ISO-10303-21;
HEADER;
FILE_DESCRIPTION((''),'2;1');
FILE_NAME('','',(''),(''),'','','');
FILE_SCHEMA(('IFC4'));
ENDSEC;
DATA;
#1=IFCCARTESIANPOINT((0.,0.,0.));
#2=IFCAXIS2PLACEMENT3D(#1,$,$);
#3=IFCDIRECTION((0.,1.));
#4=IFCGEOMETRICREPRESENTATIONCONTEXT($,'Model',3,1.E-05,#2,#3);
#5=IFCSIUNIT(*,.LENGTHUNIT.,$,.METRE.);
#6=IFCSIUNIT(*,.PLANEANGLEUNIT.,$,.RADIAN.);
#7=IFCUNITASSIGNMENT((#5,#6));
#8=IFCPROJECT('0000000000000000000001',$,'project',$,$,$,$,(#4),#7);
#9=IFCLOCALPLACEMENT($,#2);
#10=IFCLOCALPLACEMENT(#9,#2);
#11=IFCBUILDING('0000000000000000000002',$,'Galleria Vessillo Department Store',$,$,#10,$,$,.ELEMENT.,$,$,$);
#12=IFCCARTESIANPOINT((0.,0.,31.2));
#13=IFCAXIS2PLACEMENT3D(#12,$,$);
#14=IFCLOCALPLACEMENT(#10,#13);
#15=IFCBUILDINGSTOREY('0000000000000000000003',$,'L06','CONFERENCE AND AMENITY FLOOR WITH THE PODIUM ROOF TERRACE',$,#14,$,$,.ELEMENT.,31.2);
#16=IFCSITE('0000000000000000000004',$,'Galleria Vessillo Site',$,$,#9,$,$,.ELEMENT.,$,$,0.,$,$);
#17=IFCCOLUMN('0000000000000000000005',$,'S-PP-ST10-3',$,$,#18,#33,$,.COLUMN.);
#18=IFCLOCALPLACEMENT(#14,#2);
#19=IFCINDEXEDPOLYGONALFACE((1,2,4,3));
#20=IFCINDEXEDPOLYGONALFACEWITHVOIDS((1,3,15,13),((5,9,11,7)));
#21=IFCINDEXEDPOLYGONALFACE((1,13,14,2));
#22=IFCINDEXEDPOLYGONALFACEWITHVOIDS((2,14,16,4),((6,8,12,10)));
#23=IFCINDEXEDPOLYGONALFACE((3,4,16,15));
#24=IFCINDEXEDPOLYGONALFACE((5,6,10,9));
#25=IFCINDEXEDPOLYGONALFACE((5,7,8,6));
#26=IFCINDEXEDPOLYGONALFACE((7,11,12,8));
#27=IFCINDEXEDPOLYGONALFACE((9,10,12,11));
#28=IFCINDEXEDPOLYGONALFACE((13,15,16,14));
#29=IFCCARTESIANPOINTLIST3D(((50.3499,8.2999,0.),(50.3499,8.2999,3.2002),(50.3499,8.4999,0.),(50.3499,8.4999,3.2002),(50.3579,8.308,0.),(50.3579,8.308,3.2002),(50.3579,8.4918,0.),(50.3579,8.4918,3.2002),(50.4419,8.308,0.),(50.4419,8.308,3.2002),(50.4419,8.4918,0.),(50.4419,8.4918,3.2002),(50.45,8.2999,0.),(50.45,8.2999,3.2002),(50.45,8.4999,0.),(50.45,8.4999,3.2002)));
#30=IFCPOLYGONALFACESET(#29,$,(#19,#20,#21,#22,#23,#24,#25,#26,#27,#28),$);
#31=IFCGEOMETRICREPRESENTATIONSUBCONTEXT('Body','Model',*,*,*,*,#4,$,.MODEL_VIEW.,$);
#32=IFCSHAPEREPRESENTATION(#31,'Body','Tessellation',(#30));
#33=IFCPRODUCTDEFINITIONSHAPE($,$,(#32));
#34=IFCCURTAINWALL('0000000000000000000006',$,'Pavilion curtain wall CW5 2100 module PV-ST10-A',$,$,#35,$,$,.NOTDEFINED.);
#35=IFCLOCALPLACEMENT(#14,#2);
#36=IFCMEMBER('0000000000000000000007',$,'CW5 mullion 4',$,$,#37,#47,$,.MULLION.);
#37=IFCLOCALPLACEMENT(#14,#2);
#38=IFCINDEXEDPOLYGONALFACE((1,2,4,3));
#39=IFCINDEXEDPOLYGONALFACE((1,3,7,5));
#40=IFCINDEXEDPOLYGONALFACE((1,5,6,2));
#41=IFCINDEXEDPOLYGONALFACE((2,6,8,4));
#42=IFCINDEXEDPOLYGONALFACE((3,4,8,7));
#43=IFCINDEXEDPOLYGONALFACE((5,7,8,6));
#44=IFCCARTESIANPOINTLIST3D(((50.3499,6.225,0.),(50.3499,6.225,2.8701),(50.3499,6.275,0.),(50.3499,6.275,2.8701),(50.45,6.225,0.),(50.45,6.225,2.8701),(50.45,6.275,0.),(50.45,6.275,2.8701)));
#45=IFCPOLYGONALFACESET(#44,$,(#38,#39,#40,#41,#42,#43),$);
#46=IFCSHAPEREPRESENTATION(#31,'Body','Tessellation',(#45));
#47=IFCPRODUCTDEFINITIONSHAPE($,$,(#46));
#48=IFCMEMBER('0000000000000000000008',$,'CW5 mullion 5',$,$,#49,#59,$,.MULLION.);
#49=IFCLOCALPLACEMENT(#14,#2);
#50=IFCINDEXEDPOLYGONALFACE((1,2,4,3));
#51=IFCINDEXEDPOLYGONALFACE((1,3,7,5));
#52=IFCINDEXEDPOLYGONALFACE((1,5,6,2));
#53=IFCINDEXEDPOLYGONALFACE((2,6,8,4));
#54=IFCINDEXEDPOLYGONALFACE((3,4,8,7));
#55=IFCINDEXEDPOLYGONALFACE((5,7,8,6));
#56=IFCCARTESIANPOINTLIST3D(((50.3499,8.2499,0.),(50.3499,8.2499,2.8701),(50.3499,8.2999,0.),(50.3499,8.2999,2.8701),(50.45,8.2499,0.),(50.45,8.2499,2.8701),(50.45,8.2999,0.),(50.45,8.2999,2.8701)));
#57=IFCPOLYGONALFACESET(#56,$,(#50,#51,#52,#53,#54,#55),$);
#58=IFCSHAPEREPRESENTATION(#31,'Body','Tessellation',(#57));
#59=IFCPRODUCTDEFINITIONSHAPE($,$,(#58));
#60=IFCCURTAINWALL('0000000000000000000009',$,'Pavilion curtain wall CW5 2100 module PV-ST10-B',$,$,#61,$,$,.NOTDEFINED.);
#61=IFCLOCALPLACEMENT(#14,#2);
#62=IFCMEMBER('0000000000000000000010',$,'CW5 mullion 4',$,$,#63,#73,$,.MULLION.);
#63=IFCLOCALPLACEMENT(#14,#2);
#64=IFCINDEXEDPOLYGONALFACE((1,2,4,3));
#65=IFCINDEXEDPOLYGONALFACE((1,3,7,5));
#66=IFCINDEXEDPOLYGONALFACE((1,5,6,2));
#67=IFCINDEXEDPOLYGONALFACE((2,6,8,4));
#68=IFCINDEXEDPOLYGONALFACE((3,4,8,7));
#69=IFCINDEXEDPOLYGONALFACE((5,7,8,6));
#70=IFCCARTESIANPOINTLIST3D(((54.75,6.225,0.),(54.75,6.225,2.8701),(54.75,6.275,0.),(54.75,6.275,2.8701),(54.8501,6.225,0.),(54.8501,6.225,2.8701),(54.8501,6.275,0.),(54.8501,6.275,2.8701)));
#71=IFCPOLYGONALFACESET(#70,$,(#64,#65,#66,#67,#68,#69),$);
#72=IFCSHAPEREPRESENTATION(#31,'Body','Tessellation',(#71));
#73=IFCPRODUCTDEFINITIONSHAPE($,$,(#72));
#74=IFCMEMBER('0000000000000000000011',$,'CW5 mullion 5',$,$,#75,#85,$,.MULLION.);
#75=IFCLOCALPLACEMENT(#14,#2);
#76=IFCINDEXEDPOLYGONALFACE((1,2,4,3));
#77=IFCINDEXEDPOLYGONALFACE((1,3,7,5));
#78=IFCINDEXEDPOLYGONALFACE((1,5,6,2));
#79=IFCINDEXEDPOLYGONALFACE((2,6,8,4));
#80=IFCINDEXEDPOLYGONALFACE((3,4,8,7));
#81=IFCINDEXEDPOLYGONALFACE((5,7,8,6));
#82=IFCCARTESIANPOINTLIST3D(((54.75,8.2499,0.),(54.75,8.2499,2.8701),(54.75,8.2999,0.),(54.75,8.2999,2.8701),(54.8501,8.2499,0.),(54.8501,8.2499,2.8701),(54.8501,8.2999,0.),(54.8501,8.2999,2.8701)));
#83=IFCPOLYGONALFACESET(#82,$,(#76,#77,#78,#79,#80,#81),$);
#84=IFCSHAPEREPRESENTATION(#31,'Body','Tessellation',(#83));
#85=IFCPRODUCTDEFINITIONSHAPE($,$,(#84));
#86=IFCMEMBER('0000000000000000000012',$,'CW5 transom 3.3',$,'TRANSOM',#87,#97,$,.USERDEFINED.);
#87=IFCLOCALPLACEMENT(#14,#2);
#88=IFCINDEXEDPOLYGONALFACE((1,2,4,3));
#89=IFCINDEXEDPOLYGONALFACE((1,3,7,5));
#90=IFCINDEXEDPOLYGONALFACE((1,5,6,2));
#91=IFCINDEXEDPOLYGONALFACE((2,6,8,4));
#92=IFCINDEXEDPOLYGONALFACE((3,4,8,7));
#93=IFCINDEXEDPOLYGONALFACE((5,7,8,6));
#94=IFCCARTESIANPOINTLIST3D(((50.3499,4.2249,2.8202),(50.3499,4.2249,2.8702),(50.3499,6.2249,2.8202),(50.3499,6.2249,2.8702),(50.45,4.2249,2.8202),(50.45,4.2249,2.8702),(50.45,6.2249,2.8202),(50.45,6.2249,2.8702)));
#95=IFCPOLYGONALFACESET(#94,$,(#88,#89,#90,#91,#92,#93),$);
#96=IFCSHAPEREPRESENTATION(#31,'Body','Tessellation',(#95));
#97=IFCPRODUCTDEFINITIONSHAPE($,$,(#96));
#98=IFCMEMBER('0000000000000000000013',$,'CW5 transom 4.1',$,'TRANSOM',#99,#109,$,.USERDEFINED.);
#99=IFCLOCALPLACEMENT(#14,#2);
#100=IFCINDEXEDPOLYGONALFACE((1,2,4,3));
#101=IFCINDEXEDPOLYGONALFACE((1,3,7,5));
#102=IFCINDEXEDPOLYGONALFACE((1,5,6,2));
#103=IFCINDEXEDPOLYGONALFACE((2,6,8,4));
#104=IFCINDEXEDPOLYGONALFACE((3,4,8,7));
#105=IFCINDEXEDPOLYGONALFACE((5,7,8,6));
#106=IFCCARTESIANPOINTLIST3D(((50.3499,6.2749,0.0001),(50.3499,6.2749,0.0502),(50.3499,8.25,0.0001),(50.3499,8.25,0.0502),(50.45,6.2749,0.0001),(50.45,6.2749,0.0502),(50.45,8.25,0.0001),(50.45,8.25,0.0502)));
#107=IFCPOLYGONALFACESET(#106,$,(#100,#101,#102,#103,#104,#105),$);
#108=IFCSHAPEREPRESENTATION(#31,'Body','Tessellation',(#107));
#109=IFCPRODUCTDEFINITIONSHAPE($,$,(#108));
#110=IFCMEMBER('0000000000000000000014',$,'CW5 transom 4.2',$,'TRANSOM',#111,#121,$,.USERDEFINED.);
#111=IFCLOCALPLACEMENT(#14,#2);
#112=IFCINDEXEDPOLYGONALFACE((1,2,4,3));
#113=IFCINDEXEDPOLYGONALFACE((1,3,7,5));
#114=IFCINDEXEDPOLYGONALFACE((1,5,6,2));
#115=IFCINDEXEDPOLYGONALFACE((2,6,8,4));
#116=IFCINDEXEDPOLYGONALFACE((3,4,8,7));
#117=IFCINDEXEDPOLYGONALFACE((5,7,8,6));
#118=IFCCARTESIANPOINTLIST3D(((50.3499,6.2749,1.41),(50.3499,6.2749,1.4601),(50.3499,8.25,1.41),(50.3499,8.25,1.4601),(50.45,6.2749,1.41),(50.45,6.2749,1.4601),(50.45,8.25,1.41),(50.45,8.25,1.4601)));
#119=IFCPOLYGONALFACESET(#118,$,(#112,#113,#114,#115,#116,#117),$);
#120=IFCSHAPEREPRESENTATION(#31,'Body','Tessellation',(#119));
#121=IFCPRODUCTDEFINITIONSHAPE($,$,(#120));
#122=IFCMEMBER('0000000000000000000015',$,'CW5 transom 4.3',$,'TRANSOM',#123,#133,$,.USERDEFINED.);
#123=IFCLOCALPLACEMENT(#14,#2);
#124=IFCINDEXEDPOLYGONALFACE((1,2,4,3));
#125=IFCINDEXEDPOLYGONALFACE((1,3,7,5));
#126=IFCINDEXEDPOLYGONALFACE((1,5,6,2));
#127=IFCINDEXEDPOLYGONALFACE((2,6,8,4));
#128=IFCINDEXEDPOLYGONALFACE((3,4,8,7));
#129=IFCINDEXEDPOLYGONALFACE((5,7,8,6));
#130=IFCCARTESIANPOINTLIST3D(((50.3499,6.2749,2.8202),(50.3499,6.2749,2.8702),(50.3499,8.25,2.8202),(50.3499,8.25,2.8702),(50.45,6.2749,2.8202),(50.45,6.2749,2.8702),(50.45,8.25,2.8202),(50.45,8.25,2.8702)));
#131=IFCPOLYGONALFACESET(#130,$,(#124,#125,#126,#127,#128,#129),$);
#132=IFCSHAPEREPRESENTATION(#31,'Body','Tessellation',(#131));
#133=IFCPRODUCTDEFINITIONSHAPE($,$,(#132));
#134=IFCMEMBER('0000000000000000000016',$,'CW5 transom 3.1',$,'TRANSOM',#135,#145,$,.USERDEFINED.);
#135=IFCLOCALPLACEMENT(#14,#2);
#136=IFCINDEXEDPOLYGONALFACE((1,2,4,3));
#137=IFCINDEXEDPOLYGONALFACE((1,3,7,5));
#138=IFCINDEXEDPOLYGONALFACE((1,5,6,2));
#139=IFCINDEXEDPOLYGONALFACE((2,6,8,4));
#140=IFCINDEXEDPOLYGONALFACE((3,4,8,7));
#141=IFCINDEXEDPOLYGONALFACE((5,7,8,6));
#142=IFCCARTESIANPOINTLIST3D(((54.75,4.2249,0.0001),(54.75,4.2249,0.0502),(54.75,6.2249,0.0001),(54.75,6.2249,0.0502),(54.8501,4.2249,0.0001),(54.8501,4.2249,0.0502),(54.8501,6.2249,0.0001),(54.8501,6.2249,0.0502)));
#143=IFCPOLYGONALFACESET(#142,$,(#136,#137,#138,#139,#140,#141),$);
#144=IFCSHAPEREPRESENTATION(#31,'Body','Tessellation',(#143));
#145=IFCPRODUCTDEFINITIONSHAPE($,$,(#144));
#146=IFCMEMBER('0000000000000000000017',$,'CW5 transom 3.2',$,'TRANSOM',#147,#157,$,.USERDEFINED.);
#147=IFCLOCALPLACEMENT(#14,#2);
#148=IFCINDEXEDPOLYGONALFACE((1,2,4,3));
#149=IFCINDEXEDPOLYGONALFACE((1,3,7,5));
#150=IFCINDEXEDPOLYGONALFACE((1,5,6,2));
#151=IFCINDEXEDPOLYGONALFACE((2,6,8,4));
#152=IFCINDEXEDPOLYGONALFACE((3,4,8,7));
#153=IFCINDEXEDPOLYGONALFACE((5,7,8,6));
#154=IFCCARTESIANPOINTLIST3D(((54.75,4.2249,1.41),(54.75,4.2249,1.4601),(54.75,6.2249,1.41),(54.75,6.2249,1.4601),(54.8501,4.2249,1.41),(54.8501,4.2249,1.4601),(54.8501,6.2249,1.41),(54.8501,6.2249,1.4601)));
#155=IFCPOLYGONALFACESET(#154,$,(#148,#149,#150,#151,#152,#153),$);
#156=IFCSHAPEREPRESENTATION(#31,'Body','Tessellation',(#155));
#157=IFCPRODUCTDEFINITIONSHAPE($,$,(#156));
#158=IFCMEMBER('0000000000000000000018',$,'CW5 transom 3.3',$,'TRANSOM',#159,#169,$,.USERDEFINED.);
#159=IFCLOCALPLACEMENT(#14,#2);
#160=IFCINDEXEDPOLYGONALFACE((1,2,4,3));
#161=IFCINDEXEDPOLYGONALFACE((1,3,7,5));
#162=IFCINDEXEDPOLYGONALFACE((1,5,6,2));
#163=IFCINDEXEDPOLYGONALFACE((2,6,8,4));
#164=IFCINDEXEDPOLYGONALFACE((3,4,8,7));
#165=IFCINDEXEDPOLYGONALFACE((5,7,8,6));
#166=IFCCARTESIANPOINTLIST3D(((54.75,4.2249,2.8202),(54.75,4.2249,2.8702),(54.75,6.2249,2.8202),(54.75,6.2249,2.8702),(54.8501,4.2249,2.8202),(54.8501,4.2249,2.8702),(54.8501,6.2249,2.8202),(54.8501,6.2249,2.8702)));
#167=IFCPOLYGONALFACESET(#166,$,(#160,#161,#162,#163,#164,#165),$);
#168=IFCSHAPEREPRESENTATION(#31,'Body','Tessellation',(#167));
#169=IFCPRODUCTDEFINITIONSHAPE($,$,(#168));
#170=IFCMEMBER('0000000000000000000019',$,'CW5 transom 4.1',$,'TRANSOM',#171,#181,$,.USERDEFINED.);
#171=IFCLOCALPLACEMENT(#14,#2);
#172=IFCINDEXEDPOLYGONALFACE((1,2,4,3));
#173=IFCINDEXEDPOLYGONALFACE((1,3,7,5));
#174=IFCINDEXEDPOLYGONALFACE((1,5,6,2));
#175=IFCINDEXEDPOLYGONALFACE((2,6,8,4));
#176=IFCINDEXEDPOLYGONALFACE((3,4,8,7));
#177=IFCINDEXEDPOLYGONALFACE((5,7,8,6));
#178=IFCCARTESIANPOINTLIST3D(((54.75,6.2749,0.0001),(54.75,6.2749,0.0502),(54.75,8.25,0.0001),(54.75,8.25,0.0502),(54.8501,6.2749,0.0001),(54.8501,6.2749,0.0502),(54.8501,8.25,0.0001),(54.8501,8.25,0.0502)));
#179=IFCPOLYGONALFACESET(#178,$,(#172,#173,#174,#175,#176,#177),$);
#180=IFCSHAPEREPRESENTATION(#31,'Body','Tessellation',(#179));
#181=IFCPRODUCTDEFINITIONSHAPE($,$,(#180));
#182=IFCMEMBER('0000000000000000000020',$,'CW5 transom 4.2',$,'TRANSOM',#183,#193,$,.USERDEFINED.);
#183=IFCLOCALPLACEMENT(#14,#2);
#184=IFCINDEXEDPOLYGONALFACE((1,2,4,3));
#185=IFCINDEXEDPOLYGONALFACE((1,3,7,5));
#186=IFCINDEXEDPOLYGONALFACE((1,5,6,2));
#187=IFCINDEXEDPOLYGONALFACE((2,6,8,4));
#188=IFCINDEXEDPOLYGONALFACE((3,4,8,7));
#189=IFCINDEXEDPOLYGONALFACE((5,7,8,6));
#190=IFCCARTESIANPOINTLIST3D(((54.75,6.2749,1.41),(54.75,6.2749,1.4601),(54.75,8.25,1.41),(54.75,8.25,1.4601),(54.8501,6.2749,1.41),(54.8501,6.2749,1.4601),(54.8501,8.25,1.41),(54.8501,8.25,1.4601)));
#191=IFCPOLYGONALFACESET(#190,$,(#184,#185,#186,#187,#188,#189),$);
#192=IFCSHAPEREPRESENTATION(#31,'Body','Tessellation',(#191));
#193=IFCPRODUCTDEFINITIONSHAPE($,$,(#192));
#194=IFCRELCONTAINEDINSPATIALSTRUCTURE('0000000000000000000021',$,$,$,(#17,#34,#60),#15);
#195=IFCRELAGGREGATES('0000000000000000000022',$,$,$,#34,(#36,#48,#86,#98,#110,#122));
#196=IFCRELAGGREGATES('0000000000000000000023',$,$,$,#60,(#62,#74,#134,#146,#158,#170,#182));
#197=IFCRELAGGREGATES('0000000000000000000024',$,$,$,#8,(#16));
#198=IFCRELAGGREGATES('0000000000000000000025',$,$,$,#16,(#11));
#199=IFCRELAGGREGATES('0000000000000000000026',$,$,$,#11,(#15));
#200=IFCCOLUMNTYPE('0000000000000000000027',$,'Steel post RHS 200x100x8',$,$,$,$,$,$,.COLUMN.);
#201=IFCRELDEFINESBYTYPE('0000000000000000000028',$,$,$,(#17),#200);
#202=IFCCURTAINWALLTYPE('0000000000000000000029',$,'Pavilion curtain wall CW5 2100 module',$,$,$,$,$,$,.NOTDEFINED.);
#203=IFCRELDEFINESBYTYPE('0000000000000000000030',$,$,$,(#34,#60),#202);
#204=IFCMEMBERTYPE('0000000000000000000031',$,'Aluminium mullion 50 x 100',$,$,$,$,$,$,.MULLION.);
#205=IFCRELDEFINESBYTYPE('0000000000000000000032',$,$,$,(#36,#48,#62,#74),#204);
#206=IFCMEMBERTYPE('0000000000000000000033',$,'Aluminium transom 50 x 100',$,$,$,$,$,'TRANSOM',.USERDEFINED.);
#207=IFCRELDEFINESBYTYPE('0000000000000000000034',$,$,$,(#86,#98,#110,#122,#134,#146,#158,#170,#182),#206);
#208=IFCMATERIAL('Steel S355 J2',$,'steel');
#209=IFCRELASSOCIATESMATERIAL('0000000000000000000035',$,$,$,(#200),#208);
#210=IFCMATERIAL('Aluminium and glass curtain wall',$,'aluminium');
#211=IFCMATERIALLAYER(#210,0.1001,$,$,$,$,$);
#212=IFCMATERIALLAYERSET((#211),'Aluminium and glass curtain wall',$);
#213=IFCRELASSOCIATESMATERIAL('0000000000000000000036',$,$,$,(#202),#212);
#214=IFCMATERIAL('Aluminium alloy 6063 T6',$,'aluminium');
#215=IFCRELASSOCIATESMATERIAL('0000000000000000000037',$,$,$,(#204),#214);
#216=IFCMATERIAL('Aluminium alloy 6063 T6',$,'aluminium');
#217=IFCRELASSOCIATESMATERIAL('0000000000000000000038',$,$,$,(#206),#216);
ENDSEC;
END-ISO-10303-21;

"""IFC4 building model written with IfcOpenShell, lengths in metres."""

from ifc_helpers import new_model, si_unit, direction, frame, origin, origin_2d, place, context, subcontext, project, spatial, rectangle, hollow_rectangle, extrude, material, layer, layer_set, material_profile, profile_set, type_object, element, aggregate, save


model = new_model("IFC4")

# Units and contexts
model_context = context("Model", 3, precision=1e-05, world=origin(), true_north=direction((0.0, 1.0)))
body_context = subcontext(model_context, "Body", "Model", "MODEL_VIEW")
ifc_project = project(units=[si_unit("LENGTHUNIT", "METRE"), si_unit("PLANEANGLEUNIT", "RADIAN")], contexts=[model_context])

# Site, building, storey
site_placement = place(None, origin())
site = spatial("IfcSite", under=ifc_project, at=site_placement, Name="Galleria Vessillo Site", CompositionType="ELEMENT", RefElevation=0.0)
building_placement = place(site_placement, origin())
building = spatial("IfcBuilding", under=site, at=building_placement, Name="Galleria Vessillo Department Store", CompositionType="ELEMENT")
storey_placement = place(building_placement, frame((0.0, 0.0, 31.2)))
storey = spatial("IfcBuildingStorey", under=building, at=storey_placement, Name="L06", Description="CONFERENCE AND AMENITY FLOOR WITH THE PODIUM ROOF TERRACE", CompositionType="ELEMENT", Elevation=31.2)

# Column
ifc_material_1 = material(Name="Steel S355 J2", Category="steel")
ifc_material_profile_1 = material_profile(ifc_material_1, hollow_rectangle(XDim=0.1001, YDim=0.2, WallThickness=0.0081, at=origin_2d()), Name="RHS 200x100x8")
ifc_profile_set_1 = profile_set([ifc_material_profile_1], Name="Steel S355 J2")
column_type = type_object("IfcColumnType", Name="Steel post RHS 200x100x8", PredefinedType="COLUMN", material=ifc_profile_set_1)
column_placement = place(storey_placement, frame((50.3999, 8.3999, 0.0), z_axis=(0.0, 0.0, 1.0), x_axis=(1.0, 0.0, 0.0)))
element("IfcColumn", 1, at=column_placement, inside=storey, type_object=column_type, Name="S-PP-ST10-3", PredefinedType="COLUMN", context=body_context, shape_type="SweptSolid", body=[
    extrude(hollow_rectangle(XDim=0.1001, YDim=0.2, WallThickness=0.0081, at=origin_2d()), origin(), (0.0, 0.0, 1.0), 3.2002),
])

# Curtain walls, members
ifc_material_2 = material(Name="Aluminium and glass curtain wall", Category="aluminium")
ifc_layer_1 = layer(ifc_material_2, 0.1001)
ifc_layer_set_1 = layer_set([ifc_layer_1], Name="Aluminium and glass curtain wall")
curtain_wall_type = type_object("IfcCurtainWallType", Name="Pavilion curtain wall CW5 2100 module", PredefinedType="NOTDEFINED", material=ifc_layer_set_1)
curtain_wall_1_placement = place(storey_placement, origin())
curtain_wall_1 = element("IfcCurtainWall", 2, at=curtain_wall_1_placement, inside=storey, type_object=curtain_wall_type, Name="Pavilion curtain wall CW5 2100 module PV-ST10-A", PredefinedType="NOTDEFINED")
ifc_material_3 = material(Name="Aluminium alloy 6063 T6", Category="aluminium")
ifc_material_profile_2 = material_profile(ifc_material_3, rectangle(XDim=0.1001, YDim=0.05, at=origin_2d()), Name="AL 50x100")
ifc_profile_set_2 = profile_set([ifc_material_profile_2], Name="Aluminium alloy 6063 T6")
member_type_1 = type_object("IfcMemberType", Name="Aluminium mullion 50 x 100", PredefinedType="MULLION", material=ifc_profile_set_2)
member_1_placement = place(storey_placement, frame((50.3999, 6.25, 0.0), z_axis=(0.0, 0.0, 1.0), x_axis=(-1.0, 0.0, 0.0)))
member_1 = element("IfcMember", 3, at=member_1_placement, type_object=member_type_1, Name="CW5 mullion 4", PredefinedType="MULLION", context=body_context, shape_type="SweptSolid", body=[
    extrude(rectangle(XDim=0.1001, YDim=0.05, at=origin_2d()), origin(), (0.0, 0.0, 1.0), 2.8701),
])
member_2_placement = place(storey_placement, frame((50.3999, 8.2749, 0.0), z_axis=(0.0, 0.0, 1.0), x_axis=(-1.0, 0.0, 0.0)))
member_2 = element("IfcMember", 4, at=member_2_placement, type_object=member_type_1, Name="CW5 mullion 5", PredefinedType="MULLION", context=body_context, shape_type="SweptSolid", body=[
    extrude(rectangle(XDim=0.1001, YDim=0.05, at=origin_2d()), origin(), (0.0, 0.0, 1.0), 2.8701),
])
curtain_wall_2_placement = place(storey_placement, origin())
curtain_wall_2 = element("IfcCurtainWall", 5, at=curtain_wall_2_placement, inside=storey, type_object=curtain_wall_type, Name="Pavilion curtain wall CW5 2100 module PV-ST10-B", PredefinedType="NOTDEFINED")
member_3_placement = place(storey_placement, frame((54.8, 6.25, 0.0), z_axis=(0.0, 0.0, 1.0), x_axis=(-1.0, 0.0, 0.0)))
member_3 = element("IfcMember", 6, at=member_3_placement, type_object=member_type_1, Name="CW5 mullion 4", PredefinedType="MULLION", context=body_context, shape_type="SweptSolid", body=[
    extrude(rectangle(XDim=0.1001, YDim=0.05, at=origin_2d()), origin(), (0.0, 0.0, 1.0), 2.8701),
])
member_4_placement = place(storey_placement, frame((54.8, 8.2749, 0.0), z_axis=(0.0, 0.0, 1.0), x_axis=(-1.0, 0.0, 0.0)))
member_4 = element("IfcMember", 7, at=member_4_placement, type_object=member_type_1, Name="CW5 mullion 5", PredefinedType="MULLION", context=body_context, shape_type="SweptSolid", body=[
    extrude(rectangle(XDim=0.1001, YDim=0.05, at=origin_2d()), origin(), (0.0, 0.0, 1.0), 2.8701),
])

# Members
ifc_material_4 = material(Name="Aluminium alloy 6063 T6", Category="aluminium")
ifc_material_profile_3 = material_profile(ifc_material_4, rectangle(XDim=0.1001, YDim=0.05, at=origin_2d()), Name="AL 50x100")
ifc_profile_set_3 = profile_set([ifc_material_profile_3], Name="Aluminium alloy 6063 T6")
member_type_2 = type_object("IfcMemberType", Name="Aluminium transom 50 x 100", ElementType="TRANSOM", PredefinedType="USERDEFINED", material=ifc_profile_set_3)
member_5_placement = place(storey_placement, frame((50.3999, 4.2249, 2.8452), z_axis=(0.0, 1.0, 0.0), x_axis=(-1.0, 0.0, 0.0)))
member_5 = element("IfcMember", 8, at=member_5_placement, type_object=member_type_2, Name="CW5 transom 3.3", ObjectType="TRANSOM", PredefinedType="USERDEFINED", context=body_context, shape_type="SweptSolid", body=[
    extrude(rectangle(XDim=0.1001, YDim=0.05, at=origin_2d()), origin(), (0.0, 0.0, 1.0), 2.0),
])
member_6_placement = place(storey_placement, frame((50.3999, 6.2749, 0.0251), z_axis=(0.0, 1.0, 0.0), x_axis=(-1.0, 0.0, 0.0)))
member_6 = element("IfcMember", 9, at=member_6_placement, type_object=member_type_2, Name="CW5 transom 4.1", ObjectType="TRANSOM", PredefinedType="USERDEFINED", context=body_context, shape_type="SweptSolid", body=[
    extrude(rectangle(XDim=0.1001, YDim=0.05, at=origin_2d()), origin(), (0.0, 0.0, 1.0), 1.9751),
])
member_7_placement = place(storey_placement, frame((50.3999, 6.2749, 1.4351), z_axis=(0.0, 1.0, 0.0), x_axis=(-1.0, 0.0, 0.0)))
member_7 = element("IfcMember", 10, at=member_7_placement, type_object=member_type_2, Name="CW5 transom 4.2", ObjectType="TRANSOM", PredefinedType="USERDEFINED", context=body_context, shape_type="SweptSolid", body=[
    extrude(rectangle(XDim=0.1001, YDim=0.05, at=origin_2d()), origin(), (0.0, 0.0, 1.0), 1.9751),
])
member_8_placement = place(storey_placement, frame((50.3999, 6.2749, 2.8452), z_axis=(0.0, 1.0, 0.0), x_axis=(-1.0, 0.0, 0.0)))
member_8 = element("IfcMember", 11, at=member_8_placement, type_object=member_type_2, Name="CW5 transom 4.3", ObjectType="TRANSOM", PredefinedType="USERDEFINED", context=body_context, shape_type="SweptSolid", body=[
    extrude(rectangle(XDim=0.1001, YDim=0.05, at=origin_2d()), origin(), (0.0, 0.0, 1.0), 1.9751),
])
member_9_placement = place(storey_placement, frame((54.8, 4.2249, 0.0251), z_axis=(0.0, 1.0, 0.0), x_axis=(-1.0, 0.0, 0.0)))
member_9 = element("IfcMember", 12, at=member_9_placement, type_object=member_type_2, Name="CW5 transom 3.1", ObjectType="TRANSOM", PredefinedType="USERDEFINED", context=body_context, shape_type="SweptSolid", body=[
    extrude(rectangle(XDim=0.1001, YDim=0.05, at=origin_2d()), origin(), (0.0, 0.0, 1.0), 2.0),
])
member_10_placement = place(storey_placement, frame((54.8, 4.2249, 1.4351), z_axis=(0.0, 1.0, 0.0), x_axis=(-1.0, 0.0, 0.0)))
member_10 = element("IfcMember", 13, at=member_10_placement, type_object=member_type_2, Name="CW5 transom 3.2", ObjectType="TRANSOM", PredefinedType="USERDEFINED", context=body_context, shape_type="SweptSolid", body=[
    extrude(rectangle(XDim=0.1001, YDim=0.05, at=origin_2d()), origin(), (0.0, 0.0, 1.0), 2.0),
])
member_11_placement = place(storey_placement, frame((54.8, 4.2249, 2.8452), z_axis=(0.0, 1.0, 0.0), x_axis=(-1.0, 0.0, 0.0)))
member_11 = element("IfcMember", 14, at=member_11_placement, type_object=member_type_2, Name="CW5 transom 3.3", ObjectType="TRANSOM", PredefinedType="USERDEFINED", context=body_context, shape_type="SweptSolid", body=[
    extrude(rectangle(XDim=0.1001, YDim=0.05, at=origin_2d()), origin(), (0.0, 0.0, 1.0), 2.0),
])
member_12_placement = place(storey_placement, frame((54.8, 6.2749, 0.0251), z_axis=(0.0, 1.0, 0.0), x_axis=(-1.0, 0.0, 0.0)))
member_12 = element("IfcMember", 15, at=member_12_placement, type_object=member_type_2, Name="CW5 transom 4.1", ObjectType="TRANSOM", PredefinedType="USERDEFINED", context=body_context, shape_type="SweptSolid", body=[
    extrude(rectangle(XDim=0.1001, YDim=0.05, at=origin_2d()), origin(), (0.0, 0.0, 1.0), 1.9751),
])
member_13_placement = place(storey_placement, frame((54.8, 6.2749, 1.4351), z_axis=(0.0, 1.0, 0.0), x_axis=(-1.0, 0.0, 0.0)))
member_13 = element("IfcMember", 16, at=member_13_placement, type_object=member_type_2, Name="CW5 transom 4.2", ObjectType="TRANSOM", PredefinedType="USERDEFINED", context=body_context, shape_type="SweptSolid", body=[
    extrude(rectangle(XDim=0.1001, YDim=0.05, at=origin_2d()), origin(), (0.0, 0.0, 1.0), 1.9751),
])

aggregate(curtain_wall_1, [member_1, member_2, member_5, member_6, member_7, member_8])
aggregate(curtain_wall_2, [member_3, member_4, member_9, member_10, member_11, member_12, member_13])

save(model, "model.ifc")
